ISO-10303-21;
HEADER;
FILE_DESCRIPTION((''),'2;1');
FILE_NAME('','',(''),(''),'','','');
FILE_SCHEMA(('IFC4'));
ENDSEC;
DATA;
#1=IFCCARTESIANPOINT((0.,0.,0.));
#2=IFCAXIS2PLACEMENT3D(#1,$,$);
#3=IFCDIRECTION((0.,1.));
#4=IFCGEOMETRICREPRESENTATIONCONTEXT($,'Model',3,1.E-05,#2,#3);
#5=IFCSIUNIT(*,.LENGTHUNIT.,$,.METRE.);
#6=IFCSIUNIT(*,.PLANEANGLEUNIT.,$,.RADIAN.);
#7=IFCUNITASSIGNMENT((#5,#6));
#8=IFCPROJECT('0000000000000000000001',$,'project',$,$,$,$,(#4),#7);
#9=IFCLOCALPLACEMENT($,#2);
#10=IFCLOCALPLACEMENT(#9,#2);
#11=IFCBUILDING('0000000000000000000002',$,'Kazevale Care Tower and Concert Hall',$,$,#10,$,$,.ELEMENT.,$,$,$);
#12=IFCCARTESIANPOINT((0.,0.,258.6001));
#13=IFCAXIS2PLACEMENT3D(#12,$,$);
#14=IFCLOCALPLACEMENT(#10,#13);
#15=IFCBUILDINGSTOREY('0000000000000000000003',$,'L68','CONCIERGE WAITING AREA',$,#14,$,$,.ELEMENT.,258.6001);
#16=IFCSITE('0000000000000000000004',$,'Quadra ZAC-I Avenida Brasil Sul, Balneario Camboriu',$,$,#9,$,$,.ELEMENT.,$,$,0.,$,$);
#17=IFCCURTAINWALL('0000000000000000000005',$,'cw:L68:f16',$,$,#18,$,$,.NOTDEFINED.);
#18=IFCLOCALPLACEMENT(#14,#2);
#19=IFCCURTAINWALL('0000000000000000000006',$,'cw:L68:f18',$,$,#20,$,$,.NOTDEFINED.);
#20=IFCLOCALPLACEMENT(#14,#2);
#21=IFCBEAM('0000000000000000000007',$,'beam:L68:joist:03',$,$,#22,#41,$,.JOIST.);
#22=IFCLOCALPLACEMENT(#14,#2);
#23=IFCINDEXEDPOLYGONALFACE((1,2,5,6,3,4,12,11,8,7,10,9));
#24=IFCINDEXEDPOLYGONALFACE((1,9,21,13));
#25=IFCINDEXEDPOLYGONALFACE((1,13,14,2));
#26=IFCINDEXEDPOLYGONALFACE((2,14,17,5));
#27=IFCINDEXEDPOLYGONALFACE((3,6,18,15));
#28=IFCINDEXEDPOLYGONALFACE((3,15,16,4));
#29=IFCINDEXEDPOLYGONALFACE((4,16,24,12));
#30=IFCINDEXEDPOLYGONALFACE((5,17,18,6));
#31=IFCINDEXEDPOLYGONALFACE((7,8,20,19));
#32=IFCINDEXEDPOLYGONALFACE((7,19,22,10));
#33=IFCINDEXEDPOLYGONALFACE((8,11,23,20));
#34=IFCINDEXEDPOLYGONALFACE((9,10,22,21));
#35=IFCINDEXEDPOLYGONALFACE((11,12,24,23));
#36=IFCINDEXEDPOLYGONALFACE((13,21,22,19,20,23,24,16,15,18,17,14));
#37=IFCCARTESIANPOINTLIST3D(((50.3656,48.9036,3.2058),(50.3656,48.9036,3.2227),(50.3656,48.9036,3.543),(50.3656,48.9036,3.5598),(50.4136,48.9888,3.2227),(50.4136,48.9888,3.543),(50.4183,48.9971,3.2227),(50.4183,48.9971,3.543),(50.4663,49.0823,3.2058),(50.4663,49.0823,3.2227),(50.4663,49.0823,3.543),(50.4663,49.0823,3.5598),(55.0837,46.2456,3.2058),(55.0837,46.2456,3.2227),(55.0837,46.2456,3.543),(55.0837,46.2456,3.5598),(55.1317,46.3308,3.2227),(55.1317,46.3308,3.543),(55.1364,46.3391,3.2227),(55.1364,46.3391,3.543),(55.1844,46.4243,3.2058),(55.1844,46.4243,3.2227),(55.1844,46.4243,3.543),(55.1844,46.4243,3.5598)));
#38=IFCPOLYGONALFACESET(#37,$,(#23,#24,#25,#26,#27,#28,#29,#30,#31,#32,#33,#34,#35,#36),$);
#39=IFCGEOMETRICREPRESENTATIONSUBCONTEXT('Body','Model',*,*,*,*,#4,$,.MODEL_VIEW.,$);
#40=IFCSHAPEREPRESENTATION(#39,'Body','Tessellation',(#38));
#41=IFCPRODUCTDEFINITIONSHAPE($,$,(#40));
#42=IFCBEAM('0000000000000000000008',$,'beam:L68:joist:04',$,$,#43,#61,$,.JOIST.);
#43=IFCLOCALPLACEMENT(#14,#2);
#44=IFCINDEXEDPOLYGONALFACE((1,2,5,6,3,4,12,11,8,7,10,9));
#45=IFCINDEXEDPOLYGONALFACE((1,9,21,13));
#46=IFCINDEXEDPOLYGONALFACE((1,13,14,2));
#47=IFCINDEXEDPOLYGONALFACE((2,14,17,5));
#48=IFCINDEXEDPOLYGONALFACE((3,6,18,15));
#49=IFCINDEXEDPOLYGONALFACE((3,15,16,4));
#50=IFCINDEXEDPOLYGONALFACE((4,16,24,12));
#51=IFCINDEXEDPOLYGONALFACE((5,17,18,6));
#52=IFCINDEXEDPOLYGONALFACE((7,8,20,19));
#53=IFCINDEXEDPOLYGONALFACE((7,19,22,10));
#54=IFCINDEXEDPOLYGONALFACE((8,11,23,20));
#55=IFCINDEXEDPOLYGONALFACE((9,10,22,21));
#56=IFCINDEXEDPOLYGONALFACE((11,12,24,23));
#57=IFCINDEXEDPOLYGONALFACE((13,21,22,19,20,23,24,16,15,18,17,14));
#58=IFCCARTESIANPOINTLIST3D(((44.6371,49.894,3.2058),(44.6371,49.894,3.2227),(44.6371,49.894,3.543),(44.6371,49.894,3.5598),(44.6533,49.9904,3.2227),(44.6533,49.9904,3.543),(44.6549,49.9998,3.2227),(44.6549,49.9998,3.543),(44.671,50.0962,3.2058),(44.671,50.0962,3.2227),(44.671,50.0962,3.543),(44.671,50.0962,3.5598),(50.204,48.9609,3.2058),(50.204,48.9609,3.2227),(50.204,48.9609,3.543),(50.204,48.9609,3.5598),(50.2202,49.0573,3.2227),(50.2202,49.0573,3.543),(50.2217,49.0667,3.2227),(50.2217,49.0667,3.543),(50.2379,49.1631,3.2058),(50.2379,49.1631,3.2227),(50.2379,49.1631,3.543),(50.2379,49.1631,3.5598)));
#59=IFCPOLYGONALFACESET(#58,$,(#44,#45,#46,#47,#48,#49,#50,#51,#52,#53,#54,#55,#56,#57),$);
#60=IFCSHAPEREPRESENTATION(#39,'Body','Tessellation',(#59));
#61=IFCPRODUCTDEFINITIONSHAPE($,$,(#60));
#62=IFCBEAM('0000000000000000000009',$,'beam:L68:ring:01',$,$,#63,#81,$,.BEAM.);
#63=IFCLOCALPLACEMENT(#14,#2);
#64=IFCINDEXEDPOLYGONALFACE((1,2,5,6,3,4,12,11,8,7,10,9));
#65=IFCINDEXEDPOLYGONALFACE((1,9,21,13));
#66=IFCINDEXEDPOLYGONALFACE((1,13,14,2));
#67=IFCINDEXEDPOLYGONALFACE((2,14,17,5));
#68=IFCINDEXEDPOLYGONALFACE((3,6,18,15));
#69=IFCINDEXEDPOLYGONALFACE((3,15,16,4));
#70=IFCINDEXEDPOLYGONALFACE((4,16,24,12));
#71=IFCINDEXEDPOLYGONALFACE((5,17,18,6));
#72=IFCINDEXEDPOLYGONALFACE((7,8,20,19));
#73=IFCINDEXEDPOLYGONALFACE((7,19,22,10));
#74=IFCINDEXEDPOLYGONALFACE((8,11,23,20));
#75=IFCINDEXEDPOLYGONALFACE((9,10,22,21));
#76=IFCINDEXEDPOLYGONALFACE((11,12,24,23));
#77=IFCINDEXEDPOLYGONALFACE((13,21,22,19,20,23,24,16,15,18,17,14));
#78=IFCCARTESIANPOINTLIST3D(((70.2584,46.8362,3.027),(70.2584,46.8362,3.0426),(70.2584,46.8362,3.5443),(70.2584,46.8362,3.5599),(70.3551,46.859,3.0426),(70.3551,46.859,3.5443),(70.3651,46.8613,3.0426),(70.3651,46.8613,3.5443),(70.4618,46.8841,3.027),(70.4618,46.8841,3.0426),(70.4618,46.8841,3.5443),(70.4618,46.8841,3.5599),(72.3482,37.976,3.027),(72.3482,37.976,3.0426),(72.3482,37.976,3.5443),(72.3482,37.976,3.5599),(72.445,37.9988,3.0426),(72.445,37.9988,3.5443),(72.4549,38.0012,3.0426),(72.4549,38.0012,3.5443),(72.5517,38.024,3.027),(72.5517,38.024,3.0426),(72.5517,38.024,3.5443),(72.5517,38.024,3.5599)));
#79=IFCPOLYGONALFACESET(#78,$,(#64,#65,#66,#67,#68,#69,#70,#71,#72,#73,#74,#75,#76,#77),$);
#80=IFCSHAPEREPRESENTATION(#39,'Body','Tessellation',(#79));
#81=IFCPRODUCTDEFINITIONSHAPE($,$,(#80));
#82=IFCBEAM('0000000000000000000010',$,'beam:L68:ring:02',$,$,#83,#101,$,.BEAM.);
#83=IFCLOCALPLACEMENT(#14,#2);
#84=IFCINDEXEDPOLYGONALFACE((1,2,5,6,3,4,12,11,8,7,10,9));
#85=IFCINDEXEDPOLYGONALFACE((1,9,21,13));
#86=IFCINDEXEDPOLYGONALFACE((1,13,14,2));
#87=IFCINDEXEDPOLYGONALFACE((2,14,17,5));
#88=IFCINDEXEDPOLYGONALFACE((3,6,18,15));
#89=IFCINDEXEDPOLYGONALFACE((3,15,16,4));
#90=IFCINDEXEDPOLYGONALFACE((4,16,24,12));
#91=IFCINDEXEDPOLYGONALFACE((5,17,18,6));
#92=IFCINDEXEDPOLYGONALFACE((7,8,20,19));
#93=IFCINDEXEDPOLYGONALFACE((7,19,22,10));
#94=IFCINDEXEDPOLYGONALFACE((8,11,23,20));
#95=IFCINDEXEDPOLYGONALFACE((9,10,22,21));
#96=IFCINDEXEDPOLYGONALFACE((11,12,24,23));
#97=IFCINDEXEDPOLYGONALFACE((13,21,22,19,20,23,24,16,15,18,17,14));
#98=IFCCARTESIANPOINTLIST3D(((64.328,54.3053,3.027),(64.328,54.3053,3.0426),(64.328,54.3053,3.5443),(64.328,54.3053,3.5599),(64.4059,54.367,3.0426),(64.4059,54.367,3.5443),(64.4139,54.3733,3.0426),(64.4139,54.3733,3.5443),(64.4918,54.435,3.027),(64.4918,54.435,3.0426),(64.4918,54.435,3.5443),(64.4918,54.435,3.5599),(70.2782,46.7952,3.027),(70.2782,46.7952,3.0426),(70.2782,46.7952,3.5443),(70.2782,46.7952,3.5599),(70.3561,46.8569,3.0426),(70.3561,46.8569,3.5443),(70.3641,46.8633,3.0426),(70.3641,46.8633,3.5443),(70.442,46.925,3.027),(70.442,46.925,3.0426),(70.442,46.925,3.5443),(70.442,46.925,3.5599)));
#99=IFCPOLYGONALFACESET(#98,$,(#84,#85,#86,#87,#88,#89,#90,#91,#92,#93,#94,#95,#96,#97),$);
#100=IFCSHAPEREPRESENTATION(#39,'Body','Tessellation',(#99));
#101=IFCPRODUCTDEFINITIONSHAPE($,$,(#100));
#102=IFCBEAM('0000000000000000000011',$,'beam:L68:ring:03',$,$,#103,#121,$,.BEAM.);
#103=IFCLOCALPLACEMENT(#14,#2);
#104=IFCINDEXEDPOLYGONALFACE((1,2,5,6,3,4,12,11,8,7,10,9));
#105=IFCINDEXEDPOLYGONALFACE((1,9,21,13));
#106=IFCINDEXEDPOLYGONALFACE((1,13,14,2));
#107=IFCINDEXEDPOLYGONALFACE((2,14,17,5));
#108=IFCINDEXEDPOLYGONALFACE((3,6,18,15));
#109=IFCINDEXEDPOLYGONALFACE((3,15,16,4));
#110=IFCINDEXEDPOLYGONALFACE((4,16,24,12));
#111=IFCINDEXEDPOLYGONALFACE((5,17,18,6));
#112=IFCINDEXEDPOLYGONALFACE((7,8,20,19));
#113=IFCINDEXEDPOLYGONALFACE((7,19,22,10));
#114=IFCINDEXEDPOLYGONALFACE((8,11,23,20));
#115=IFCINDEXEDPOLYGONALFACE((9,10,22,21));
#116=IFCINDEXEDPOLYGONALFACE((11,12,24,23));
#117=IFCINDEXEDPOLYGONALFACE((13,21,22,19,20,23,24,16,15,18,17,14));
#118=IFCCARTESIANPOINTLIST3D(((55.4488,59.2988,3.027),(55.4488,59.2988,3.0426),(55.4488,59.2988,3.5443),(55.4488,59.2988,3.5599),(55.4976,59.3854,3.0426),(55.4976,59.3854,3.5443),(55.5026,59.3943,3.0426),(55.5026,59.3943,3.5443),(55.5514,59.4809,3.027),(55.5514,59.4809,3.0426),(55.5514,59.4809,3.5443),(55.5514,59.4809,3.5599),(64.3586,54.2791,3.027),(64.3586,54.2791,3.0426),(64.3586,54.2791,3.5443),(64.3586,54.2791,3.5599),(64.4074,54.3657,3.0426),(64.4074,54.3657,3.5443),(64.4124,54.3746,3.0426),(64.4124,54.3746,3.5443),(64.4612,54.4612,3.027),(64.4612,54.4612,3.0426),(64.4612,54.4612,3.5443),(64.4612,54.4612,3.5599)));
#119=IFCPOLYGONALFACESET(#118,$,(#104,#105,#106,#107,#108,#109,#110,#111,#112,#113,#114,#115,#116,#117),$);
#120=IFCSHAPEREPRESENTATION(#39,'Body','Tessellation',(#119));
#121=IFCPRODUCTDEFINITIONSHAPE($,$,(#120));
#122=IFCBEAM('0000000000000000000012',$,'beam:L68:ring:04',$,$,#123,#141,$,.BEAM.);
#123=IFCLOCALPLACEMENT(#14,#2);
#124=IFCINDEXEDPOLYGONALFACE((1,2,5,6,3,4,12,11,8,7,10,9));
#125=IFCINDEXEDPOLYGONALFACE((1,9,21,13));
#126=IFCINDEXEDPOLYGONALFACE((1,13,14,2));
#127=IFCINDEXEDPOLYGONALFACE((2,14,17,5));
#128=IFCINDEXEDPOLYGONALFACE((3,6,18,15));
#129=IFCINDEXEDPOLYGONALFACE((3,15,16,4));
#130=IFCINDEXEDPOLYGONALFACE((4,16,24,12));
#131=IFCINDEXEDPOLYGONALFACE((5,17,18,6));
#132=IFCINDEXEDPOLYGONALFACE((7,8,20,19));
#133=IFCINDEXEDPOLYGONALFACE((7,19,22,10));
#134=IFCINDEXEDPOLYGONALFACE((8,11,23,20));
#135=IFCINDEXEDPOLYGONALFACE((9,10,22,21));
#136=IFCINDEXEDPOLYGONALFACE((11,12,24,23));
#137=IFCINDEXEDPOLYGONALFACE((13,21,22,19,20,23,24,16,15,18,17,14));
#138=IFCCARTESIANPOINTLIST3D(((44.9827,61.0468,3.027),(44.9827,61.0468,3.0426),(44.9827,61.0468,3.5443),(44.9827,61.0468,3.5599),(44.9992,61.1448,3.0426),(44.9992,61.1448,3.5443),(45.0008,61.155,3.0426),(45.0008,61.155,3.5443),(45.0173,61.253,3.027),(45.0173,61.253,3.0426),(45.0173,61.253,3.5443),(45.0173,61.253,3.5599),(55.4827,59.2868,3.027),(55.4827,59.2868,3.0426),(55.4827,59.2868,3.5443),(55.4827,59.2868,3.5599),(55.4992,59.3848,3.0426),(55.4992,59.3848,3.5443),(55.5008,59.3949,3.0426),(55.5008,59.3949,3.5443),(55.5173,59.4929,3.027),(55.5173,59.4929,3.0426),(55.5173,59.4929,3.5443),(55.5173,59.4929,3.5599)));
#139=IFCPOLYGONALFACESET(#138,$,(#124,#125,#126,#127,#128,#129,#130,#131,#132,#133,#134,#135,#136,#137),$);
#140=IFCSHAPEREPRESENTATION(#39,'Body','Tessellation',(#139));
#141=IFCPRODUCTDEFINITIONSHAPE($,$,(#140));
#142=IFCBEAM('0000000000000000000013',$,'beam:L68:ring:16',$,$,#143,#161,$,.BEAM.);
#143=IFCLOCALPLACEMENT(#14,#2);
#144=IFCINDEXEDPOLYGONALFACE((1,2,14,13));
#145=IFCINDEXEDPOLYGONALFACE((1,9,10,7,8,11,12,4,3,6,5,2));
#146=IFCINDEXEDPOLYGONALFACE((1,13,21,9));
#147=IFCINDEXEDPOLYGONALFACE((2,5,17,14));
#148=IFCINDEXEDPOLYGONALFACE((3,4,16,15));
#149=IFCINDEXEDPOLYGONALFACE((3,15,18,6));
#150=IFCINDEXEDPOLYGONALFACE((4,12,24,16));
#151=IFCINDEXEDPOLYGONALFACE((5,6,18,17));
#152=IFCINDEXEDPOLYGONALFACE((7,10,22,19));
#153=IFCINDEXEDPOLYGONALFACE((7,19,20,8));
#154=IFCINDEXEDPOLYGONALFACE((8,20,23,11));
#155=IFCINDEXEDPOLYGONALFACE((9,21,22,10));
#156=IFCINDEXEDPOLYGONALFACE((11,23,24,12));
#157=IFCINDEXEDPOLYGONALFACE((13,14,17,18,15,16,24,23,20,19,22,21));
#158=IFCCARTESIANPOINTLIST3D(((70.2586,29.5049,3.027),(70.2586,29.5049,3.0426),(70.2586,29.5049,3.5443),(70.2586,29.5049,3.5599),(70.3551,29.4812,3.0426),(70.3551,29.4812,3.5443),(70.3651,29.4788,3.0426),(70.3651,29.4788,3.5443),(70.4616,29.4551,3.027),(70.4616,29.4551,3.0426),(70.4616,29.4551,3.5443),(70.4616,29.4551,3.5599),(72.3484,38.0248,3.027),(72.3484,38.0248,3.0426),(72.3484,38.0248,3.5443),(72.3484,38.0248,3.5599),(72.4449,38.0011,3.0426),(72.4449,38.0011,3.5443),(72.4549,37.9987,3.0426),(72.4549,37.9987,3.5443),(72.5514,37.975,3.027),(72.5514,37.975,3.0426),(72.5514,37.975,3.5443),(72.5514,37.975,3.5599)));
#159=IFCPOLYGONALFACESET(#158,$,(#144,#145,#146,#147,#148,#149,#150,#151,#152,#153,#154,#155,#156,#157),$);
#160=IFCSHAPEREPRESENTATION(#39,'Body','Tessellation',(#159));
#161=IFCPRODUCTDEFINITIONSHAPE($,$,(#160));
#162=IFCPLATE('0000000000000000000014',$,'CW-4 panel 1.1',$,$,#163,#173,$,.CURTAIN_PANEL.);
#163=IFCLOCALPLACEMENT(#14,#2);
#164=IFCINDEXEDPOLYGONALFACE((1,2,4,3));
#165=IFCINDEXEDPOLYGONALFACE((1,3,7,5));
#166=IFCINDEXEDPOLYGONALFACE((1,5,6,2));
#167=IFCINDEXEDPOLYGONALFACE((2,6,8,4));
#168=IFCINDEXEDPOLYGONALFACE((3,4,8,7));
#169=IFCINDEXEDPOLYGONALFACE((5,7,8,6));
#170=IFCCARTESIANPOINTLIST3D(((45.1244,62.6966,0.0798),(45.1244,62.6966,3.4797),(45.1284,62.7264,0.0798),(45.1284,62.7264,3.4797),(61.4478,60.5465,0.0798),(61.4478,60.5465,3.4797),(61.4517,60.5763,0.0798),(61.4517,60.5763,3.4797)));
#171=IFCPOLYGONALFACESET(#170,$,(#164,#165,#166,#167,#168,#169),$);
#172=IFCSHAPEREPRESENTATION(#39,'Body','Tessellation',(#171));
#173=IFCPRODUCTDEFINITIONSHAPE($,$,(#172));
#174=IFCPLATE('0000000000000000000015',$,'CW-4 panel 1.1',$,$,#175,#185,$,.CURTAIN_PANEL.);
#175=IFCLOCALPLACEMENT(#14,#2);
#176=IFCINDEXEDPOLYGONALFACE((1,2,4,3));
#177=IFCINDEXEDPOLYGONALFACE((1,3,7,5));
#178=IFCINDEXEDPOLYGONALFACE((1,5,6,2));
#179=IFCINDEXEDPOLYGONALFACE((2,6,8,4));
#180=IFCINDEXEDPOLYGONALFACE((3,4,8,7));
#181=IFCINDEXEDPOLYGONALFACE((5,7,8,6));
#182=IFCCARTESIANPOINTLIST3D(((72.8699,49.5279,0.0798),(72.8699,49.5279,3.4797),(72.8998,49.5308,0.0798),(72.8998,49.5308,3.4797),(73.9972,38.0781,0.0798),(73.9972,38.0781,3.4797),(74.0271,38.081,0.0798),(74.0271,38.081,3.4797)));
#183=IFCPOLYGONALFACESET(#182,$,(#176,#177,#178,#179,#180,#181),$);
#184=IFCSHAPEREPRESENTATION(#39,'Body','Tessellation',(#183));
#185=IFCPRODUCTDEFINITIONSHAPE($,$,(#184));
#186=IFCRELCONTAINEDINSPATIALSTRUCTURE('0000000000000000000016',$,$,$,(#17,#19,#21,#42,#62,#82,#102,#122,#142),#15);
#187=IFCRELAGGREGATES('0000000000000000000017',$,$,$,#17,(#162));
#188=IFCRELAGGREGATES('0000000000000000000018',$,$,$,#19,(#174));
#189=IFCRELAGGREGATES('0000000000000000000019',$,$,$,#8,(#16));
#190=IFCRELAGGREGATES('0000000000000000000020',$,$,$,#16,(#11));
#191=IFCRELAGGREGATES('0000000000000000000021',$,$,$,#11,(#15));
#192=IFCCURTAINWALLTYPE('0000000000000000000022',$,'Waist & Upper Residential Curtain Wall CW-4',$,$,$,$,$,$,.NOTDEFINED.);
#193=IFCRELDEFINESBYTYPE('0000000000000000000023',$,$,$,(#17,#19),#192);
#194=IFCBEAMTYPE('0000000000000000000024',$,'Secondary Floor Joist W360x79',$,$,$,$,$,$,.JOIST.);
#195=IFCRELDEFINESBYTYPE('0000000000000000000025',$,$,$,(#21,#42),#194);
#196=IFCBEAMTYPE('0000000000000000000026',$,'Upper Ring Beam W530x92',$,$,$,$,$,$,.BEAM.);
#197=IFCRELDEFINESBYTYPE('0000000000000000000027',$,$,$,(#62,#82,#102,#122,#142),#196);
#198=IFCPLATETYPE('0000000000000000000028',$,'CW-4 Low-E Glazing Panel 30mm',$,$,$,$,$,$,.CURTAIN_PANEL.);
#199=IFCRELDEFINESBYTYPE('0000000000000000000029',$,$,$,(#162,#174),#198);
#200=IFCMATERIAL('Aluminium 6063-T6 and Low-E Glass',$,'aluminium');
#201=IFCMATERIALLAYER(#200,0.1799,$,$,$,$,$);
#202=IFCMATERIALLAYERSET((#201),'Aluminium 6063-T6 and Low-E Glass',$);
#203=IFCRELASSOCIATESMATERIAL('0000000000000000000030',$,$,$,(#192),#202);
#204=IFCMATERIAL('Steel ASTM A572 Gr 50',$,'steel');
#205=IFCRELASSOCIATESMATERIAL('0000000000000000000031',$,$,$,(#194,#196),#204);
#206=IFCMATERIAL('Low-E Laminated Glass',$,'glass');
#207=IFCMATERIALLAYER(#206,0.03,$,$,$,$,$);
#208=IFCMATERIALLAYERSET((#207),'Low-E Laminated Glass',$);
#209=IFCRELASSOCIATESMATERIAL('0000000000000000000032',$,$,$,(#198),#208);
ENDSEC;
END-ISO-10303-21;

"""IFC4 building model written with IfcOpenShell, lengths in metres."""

from ifc_helpers import new_model, si_unit, direction, frame, origin, origin_2d, place, context, subcontext, project, spatial, rectangle, i_section, extrude, material, layer, layer_set, material_profile, profile_set, type_object, element, aggregate, save


model = new_model("IFC4")

# Units and contexts
model_context = context("Model", 3, precision=1e-05, world=origin(), true_north=direction((0.0, 1.0)))
body_context = subcontext(model_context, "Body", "Model", "MODEL_VIEW")
ifc_project = project(units=[si_unit("LENGTHUNIT", "METRE"), si_unit("PLANEANGLEUNIT", "RADIAN")], contexts=[model_context])

# Site, building, storey
site_placement = place(None, origin())
site = spatial("IfcSite", under=ifc_project, at=site_placement, Name="Quadra ZAC-I Avenida Brasil Sul, Balneario Camboriu", CompositionType="ELEMENT", RefElevation=0.0)
building_placement = place(site_placement, origin())
building = spatial("IfcBuilding", under=site, at=building_placement, Name="Kazevale Care Tower and Concert Hall", CompositionType="ELEMENT")
storey_placement = place(building_placement, frame((0.0, 0.0, 258.6001)))
storey = spatial("IfcBuildingStorey", under=building, at=storey_placement, Name="L68", Description="CONCIERGE WAITING AREA", CompositionType="ELEMENT", Elevation=258.6001)

# Curtain wall
ifc_material_1 = material(Name="Aluminium 6063-T6 and Low-E Glass", Category="aluminium")
ifc_layer_1 = layer(ifc_material_1, 0.1799)
ifc_layer_set_1 = layer_set([ifc_layer_1], Name="Aluminium 6063-T6 and Low-E Glass")
curtain_wall_type = type_object("IfcCurtainWallType", Name="Waist & Upper Residential Curtain Wall CW-4", PredefinedType="NOTDEFINED", material=ifc_layer_set_1)
curtain_wall_1_placement = place(storey_placement, origin())
curtain_wall_1 = element("IfcCurtainWall", 1, at=curtain_wall_1_placement, inside=storey, type_object=curtain_wall_type, Name="cw:L68:f16", PredefinedType="NOTDEFINED")

# Curtain wall
curtain_wall_2_placement = place(storey_placement, origin())
curtain_wall_2 = element("IfcCurtainWall", 2, at=curtain_wall_2_placement, inside=storey, type_object=curtain_wall_type, Name="cw:L68:f18", PredefinedType="NOTDEFINED")

# Beams
ifc_material_2 = material(Name="Steel ASTM A572 Gr 50", Category="steel")
ifc_material_profile_1 = material_profile(ifc_material_2, i_section(OverallWidth=0.2051, OverallDepth=0.354, WebThickness=0.0095, FlangeThickness=0.0168, at=origin_2d()), Name="W360x79")
ifc_profile_set_1 = profile_set([ifc_material_profile_1], Name="Steel ASTM A572 Gr 50")
beam_type_1 = type_object("IfcBeamType", Name="Secondary Floor Joist W360x79", PredefinedType="JOIST", material=ifc_profile_set_1)
beam_1_placement = place(storey_placement, frame((55.134, 46.335, 3.3828), z_axis=(-0.871254, 0.490833, 0.0), x_axis=(-0.490833, -0.871254, 0.0)))
element("IfcBeam", 3, at=beam_1_placement, inside=storey, type_object=beam_type_1, Name="beam:L68:joist:03", PredefinedType="JOIST", context=body_context, shape_type="SweptSolid", body=[
    extrude(i_section(OverallWidth=0.2051, OverallDepth=0.354, WebThickness=0.0095, FlangeThickness=0.0168, at=origin_2d()), origin(), (0.0, 0.0, 1.0), 5.4153),
])
beam_2_placement = place(storey_placement, frame((50.2209, 49.062, 3.3828), z_axis=(-0.986242, 0.165311, 0.0), x_axis=(-0.165311, -0.986242, 0.0)))
element("IfcBeam", 4, at=beam_2_placement, inside=storey, type_object=beam_type_1, Name="beam:L68:joist:04", PredefinedType="JOIST", context=body_context, shape_type="SweptSolid", body=[
    extrude(i_section(OverallWidth=0.2051, OverallDepth=0.354, WebThickness=0.0095, FlangeThickness=0.0168, at=origin_2d()), origin(), (0.0, 0.0, 1.0), 5.6445),
])
ifc_material_profile_2 = material_profile(ifc_material_2, i_section(OverallWidth=0.209, OverallDepth=0.533, WebThickness=0.0103, FlangeThickness=0.0156, at=origin_2d()), Name="W530x92")
ifc_profile_set_2 = profile_set([ifc_material_profile_2], Name="Steel ASTM A572 Gr 50")
beam_type_2 = type_object("IfcBeamType", Name="Upper Ring Beam W530x92", PredefinedType="BEAM", material=ifc_profile_set_2)
beam_3_placement = place(storey_placement, frame((72.45, 38.0, 3.2935), z_axis=(-0.229571, 0.973292, 0.0), x_axis=(-0.973292, -0.229571, 0.0)))
element("IfcBeam", 5, at=beam_3_placement, inside=storey, type_object=beam_type_2, Name="beam:L68:ring:01", PredefinedType="BEAM", context=body_context, shape_type="SweptSolid", body=[
    extrude(i_section(OverallWidth=0.209, OverallDepth=0.533, WebThickness=0.0103, FlangeThickness=0.0156, at=origin_2d()), origin(), (0.0, 0.0, 1.0), 9.1033),
])
beam_4_placement = place(storey_placement, frame((70.3601, 46.8601, 3.2935), z_axis=(-0.621009, 0.783803, 0.0), x_axis=(-0.783803, -0.621009, 0.0)))
element("IfcBeam", 6, at=beam_4_placement, inside=storey, type_object=beam_type_2, Name="beam:L68:ring:02", PredefinedType="BEAM", context=body_context, shape_type="SweptSolid", body=[
    extrude(i_section(OverallWidth=0.209, OverallDepth=0.533, WebThickness=0.0103, FlangeThickness=0.0156, at=origin_2d()), origin(), (0.0, 0.0, 1.0), 9.5815),
])
beam_5_placement = place(storey_placement, frame((64.4099, 54.3701, 3.2935), z_axis=(-0.871243, 0.490852, 0.0), x_axis=(-0.490852, -0.871243, 0.0)))
element("IfcBeam", 7, at=beam_5_placement, inside=storey, type_object=beam_type_2, Name="beam:L68:ring:03", PredefinedType="BEAM", context=body_context, shape_type="SweptSolid", body=[
    extrude(i_section(OverallWidth=0.209, OverallDepth=0.533, WebThickness=0.0103, FlangeThickness=0.0156, at=origin_2d()), origin(), (0.0, 0.0, 1.0), 10.2266),
])
beam_6_placement = place(storey_placement, frame((55.5, 59.3899, 3.2935), z_axis=(-0.986241, 0.165314, 0.0), x_axis=(-0.165314, -0.986241, 0.0)))
element("IfcBeam", 8, at=beam_6_placement, inside=storey, type_object=beam_type_2, Name="beam:L68:ring:04", PredefinedType="BEAM", context=body_context, shape_type="SweptSolid", body=[
    extrude(i_section(OverallWidth=0.209, OverallDepth=0.533, WebThickness=0.0103, FlangeThickness=0.0156, at=origin_2d()), origin(), (0.0, 0.0, 1.0), 10.6465),
])
beam_7_placement = place(storey_placement, frame((70.3601, 29.48, 3.2935), z_axis=(0.238224, 0.97121, 0.0), x_axis=(-0.97121, 0.238224, 0.0)))
element("IfcBeam", 9, at=beam_7_placement, inside=storey, type_object=beam_type_2, Name="beam:L68:ring:16", PredefinedType="BEAM", context=body_context, shape_type="SweptSolid", body=[
    extrude(i_section(OverallWidth=0.209, OverallDepth=0.533, WebThickness=0.0103, FlangeThickness=0.0156, at=origin_2d()), origin(), (0.0, 0.0, 1.0), 8.7725),
])

# Plates
ifc_material_3 = material(Name="Low-E Laminated Glass", Category="glass")
ifc_layer_2 = layer(ifc_material_3, 0.03)
ifc_layer_set_2 = layer_set([ifc_layer_2], Name="Low-E Laminated Glass")
plate_type = type_object("IfcPlateType", Name="CW-4 Low-E Glazing Panel 30mm", PredefinedType="CURTAIN_PANEL", material=ifc_layer_set_2)
plate_1_placement = place(storey_placement, frame((53.2881, 61.6365, 0.0798), z_axis=(0.0, 0.0, 1.0), x_axis=(0.991436, -0.130591, 0.0)))
plate_1 = element("IfcPlate", 10, at=plate_1_placement, type_object=plate_type, Name="CW-4 panel 1.1", PredefinedType="CURTAIN_PANEL", context=body_context, shape_type="SweptSolid", body=[
    extrude(rectangle(XDim=16.4644, YDim=0.03, at=origin_2d()), origin(), (0.0, 0.0, 1.0), 3.3999),
])
aggregate(curtain_wall_1, [plate_1])
plate_2_placement = place(storey_placement, frame((73.4485, 43.8044, 0.0798), z_axis=(0.0, 0.0, 1.0), x_axis=(0.097984, -0.995188, 0.0)))
plate_2 = element("IfcPlate", 11, at=plate_2_placement, type_object=plate_type, Name="CW-4 panel 1.1", PredefinedType="CURTAIN_PANEL", context=body_context, shape_type="SweptSolid", body=[
    extrude(rectangle(XDim=11.5051, YDim=0.03, at=origin_2d()), origin(), (0.0, 0.0, 1.0), 3.3999),
])
aggregate(curtain_wall_2, [plate_2])

save(model, "model.ifc")
